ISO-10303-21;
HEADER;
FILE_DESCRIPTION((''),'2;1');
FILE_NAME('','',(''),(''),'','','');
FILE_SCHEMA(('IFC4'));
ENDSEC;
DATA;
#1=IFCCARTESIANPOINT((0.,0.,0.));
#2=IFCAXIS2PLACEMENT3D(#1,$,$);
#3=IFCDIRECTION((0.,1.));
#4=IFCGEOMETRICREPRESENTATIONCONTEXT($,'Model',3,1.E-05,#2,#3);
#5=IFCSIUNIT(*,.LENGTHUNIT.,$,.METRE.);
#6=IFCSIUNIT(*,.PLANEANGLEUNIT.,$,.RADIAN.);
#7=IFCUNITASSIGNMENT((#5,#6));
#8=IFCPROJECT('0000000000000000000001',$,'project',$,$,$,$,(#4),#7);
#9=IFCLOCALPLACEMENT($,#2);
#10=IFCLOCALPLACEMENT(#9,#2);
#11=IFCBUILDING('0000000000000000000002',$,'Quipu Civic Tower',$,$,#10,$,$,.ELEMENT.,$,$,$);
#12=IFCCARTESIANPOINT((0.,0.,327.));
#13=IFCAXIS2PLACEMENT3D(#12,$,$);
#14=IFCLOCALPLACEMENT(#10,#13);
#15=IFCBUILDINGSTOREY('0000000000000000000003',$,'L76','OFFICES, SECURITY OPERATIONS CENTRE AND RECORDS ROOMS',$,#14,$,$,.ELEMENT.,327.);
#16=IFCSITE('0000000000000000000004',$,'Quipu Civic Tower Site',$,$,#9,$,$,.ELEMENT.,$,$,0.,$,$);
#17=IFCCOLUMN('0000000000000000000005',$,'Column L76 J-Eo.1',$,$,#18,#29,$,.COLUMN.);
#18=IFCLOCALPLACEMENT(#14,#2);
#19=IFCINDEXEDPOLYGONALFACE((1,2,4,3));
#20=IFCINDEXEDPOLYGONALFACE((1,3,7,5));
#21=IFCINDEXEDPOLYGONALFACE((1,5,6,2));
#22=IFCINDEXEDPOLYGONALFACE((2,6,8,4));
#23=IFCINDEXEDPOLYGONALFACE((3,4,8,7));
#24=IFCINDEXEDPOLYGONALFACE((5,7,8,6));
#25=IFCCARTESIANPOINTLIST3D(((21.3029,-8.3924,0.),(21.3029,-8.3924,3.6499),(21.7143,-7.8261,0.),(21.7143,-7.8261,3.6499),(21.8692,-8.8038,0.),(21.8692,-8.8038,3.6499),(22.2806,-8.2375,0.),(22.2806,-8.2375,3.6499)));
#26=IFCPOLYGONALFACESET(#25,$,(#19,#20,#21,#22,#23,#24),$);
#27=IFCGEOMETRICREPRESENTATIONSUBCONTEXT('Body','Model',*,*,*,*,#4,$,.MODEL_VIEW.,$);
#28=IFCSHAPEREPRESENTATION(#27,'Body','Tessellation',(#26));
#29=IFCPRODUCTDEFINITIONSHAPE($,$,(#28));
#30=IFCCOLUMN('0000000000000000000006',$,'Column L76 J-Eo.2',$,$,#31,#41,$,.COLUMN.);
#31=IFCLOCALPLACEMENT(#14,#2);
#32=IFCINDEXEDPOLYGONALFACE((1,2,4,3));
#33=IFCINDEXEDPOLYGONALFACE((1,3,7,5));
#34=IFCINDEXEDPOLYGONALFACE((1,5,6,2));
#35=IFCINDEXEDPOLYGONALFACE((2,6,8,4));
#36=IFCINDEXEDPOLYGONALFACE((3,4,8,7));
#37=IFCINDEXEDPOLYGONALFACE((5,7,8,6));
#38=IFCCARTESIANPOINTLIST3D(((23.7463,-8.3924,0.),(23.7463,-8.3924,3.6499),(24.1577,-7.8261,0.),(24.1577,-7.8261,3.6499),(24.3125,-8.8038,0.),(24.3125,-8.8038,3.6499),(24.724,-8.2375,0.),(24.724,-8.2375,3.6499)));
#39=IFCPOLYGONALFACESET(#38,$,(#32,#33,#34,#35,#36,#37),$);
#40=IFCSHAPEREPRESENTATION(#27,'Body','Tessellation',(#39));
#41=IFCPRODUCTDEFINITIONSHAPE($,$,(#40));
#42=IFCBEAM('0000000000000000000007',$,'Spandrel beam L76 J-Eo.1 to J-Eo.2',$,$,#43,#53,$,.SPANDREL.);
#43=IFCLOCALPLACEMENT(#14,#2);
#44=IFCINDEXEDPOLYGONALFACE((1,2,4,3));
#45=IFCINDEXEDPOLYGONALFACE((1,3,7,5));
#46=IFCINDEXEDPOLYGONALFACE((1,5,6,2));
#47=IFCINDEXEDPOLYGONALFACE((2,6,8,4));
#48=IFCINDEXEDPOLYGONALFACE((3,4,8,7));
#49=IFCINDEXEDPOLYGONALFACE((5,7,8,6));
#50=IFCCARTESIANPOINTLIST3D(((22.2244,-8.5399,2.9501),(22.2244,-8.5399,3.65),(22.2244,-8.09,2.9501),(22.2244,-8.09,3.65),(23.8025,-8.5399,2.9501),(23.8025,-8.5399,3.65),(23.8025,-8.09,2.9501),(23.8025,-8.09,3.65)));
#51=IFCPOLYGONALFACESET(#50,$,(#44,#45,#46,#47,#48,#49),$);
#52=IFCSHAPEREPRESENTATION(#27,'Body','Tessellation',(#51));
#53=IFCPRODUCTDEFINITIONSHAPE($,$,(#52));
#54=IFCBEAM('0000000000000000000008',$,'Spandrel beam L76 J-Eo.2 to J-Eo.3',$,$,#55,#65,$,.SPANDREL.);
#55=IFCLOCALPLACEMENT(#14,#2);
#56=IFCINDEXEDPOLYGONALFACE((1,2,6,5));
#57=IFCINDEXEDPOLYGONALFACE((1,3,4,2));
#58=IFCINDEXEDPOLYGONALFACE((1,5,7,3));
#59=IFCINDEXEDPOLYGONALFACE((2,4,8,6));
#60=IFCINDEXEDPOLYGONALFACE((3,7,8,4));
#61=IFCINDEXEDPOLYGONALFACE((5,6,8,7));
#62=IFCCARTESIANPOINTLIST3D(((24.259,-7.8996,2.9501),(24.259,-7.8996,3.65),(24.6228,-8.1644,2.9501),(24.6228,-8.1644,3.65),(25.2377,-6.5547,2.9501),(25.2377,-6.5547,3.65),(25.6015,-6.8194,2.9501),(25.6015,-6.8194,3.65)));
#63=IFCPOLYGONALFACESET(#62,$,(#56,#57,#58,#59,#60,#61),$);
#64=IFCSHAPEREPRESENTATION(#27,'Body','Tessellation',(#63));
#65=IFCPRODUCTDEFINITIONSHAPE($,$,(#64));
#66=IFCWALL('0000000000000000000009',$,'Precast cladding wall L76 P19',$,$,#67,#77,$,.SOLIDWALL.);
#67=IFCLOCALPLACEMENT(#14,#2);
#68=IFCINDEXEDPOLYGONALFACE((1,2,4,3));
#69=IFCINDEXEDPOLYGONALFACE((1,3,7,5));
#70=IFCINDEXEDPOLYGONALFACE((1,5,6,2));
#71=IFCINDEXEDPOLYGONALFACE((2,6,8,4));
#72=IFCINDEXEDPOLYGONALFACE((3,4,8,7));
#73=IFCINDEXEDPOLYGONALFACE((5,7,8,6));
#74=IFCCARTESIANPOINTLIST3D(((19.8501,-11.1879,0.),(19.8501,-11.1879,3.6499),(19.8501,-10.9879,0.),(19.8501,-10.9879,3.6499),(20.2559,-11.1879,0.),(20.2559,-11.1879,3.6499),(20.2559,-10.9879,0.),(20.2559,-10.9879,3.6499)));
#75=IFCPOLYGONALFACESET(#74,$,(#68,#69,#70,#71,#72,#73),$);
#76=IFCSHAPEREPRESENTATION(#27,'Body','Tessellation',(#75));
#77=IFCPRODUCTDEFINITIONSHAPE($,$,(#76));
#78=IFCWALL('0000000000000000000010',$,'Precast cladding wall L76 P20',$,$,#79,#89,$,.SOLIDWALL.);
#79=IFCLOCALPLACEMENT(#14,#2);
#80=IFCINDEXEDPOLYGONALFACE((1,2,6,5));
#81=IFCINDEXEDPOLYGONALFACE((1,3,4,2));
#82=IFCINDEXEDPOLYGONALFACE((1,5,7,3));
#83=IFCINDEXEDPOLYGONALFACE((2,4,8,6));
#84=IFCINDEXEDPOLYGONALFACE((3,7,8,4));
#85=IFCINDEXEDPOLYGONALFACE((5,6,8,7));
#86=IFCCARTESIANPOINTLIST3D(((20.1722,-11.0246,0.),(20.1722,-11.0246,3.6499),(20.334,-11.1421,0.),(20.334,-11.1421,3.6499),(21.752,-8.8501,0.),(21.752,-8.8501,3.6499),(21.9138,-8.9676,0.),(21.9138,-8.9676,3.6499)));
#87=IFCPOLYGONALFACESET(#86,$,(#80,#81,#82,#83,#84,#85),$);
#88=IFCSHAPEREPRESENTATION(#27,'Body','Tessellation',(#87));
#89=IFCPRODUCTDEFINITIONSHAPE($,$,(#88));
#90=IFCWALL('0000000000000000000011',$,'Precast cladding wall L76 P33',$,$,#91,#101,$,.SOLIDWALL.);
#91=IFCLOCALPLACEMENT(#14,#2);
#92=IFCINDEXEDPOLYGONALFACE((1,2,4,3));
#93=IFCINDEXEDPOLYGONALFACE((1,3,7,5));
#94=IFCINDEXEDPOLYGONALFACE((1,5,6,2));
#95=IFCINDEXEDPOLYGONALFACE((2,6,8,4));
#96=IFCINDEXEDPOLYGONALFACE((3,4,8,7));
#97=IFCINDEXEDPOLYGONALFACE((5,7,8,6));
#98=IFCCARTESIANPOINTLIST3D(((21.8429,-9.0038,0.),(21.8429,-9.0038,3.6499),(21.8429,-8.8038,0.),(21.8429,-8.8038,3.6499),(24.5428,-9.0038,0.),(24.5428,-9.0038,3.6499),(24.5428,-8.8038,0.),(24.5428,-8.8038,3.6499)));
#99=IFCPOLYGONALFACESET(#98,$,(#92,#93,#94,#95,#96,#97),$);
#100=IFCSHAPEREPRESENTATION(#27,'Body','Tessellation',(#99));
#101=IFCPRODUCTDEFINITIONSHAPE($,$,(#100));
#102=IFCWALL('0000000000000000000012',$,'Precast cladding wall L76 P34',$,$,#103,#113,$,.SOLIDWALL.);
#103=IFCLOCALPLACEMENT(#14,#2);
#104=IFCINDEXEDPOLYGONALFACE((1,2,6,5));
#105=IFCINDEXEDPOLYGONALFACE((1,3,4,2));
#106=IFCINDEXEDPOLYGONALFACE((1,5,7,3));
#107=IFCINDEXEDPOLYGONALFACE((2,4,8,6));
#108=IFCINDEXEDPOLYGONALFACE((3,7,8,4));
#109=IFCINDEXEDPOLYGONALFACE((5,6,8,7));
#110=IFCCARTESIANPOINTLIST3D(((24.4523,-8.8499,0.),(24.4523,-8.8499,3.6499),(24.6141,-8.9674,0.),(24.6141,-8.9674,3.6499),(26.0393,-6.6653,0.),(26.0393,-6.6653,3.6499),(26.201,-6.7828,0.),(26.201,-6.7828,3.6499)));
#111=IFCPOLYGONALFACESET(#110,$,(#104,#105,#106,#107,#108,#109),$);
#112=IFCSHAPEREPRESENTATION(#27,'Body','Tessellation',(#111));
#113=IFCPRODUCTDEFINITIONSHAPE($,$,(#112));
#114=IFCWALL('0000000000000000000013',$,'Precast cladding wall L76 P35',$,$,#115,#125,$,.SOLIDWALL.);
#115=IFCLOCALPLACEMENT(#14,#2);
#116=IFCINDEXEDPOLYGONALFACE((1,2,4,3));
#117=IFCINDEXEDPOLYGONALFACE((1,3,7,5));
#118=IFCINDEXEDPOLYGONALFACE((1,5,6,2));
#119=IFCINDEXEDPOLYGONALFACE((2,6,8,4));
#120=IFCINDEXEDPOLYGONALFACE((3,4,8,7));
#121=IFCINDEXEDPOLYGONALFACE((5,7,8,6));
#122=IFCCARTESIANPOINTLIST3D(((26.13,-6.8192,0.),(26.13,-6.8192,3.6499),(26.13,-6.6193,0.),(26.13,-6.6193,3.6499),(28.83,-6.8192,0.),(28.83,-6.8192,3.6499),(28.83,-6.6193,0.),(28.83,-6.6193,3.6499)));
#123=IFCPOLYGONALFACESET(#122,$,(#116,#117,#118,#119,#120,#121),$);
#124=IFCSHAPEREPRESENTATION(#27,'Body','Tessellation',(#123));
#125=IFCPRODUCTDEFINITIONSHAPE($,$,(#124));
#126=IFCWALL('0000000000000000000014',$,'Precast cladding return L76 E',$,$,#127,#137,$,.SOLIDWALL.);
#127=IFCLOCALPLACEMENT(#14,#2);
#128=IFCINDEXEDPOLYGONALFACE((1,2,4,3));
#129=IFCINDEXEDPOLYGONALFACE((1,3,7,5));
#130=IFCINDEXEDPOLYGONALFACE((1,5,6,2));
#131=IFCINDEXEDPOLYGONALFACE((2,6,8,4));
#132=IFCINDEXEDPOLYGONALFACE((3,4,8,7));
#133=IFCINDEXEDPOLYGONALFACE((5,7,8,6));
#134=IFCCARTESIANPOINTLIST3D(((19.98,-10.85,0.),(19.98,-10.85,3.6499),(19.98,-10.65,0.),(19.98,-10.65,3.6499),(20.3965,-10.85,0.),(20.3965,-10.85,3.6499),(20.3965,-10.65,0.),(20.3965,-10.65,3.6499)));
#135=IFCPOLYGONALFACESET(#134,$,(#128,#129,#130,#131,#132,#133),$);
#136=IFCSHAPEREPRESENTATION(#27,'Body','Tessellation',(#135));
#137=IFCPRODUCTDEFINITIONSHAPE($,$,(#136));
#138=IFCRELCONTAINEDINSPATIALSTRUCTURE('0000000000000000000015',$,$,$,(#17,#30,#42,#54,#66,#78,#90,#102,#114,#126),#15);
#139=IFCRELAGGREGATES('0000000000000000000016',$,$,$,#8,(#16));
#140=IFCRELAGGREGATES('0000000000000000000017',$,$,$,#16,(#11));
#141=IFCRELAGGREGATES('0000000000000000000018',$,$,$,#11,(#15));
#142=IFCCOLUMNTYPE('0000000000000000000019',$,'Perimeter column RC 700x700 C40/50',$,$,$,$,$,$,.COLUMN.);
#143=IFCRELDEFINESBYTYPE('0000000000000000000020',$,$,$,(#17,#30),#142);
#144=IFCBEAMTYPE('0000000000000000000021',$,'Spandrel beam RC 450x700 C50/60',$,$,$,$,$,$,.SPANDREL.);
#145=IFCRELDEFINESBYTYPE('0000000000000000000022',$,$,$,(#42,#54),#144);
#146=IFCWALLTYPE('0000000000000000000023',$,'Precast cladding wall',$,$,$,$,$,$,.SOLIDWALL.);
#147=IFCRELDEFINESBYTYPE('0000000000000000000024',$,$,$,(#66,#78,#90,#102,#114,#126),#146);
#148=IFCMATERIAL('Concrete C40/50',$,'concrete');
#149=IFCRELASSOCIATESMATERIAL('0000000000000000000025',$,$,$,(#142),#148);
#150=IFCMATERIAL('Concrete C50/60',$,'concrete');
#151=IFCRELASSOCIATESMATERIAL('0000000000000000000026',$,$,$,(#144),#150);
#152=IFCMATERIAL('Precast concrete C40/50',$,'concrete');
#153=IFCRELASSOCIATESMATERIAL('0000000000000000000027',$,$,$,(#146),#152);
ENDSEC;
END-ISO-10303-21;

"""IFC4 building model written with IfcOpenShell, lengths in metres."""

from ifc_helpers import new_model, si_unit, direction, frame, frame_2d, origin, origin_2d, place, context, subcontext, project, spatial, rectangle, extrude, material, material_profile, profile_set, type_object, element, save


model = new_model("IFC4")

# Units and contexts
model_context = context("Model", 3, precision=1e-05, world=origin(), true_north=direction((0.0, 1.0)))
body_context = subcontext(model_context, "Body", "Model", "MODEL_VIEW")
ifc_project = project(units=[si_unit("LENGTHUNIT", "METRE"), si_unit("PLANEANGLEUNIT", "RADIAN")], contexts=[model_context])

# Site, building, storey
site_placement = place(None, origin())
site = spatial("IfcSite", under=ifc_project, at=site_placement, Name="Quipu Civic Tower Site", CompositionType="ELEMENT", RefElevation=0.0)
building_placement = place(site_placement, origin())
building = spatial("IfcBuilding", under=site, at=building_placement, Name="Quipu Civic Tower", CompositionType="ELEMENT")
storey_placement = place(building_placement, frame((0.0, 0.0, 327.0)))
storey = spatial("IfcBuildingStorey", under=building, at=storey_placement, Name="L76", Description="OFFICES, SECURITY OPERATIONS CENTRE AND RECORDS ROOMS", CompositionType="ELEMENT", Elevation=327.0)

# Columns
ifc_material_1 = material(Name="Concrete C40/50", Category="concrete")
ifc_material_profile_1 = material_profile(ifc_material_1, rectangle(XDim=0.7, YDim=0.7, at=origin_2d()), Name="RC700x700")
ifc_profile_set_1 = profile_set([ifc_material_profile_1], Name="Concrete C40/50")
column_type = type_object("IfcColumnType", Name="Perimeter column RC 700x700 C40/50", PredefinedType="COLUMN", material=ifc_profile_set_1)
for number, where, z_axis, x_axis, name in (
    (1, (21.7917, -8.3149, 0.0), (0.0, 0.0, 1.0), (0.587785, 0.809017, 0.0), "Column L76 J-Eo.1"),
    (2, (24.2351, -8.3149, 0.0), (0.0, 0.0, 1.0), (0.587785, 0.809017, 0.0), "Column L76 J-Eo.2"),
):
    element("IfcColumn", number, at=place(storey_placement, frame(where, z_axis=z_axis, x_axis=x_axis)), inside=storey, type_object=column_type, Name=name, PredefinedType="COLUMN", context=body_context, shape_type="SweptSolid", body=[
        extrude(rectangle(XDim=0.7, YDim=0.7, at=origin_2d()), origin(), (0.0, 0.0, 1.0), 3.6499),
    ])

# Beams
ifc_material_2 = material(Name="Concrete C50/60", Category="concrete")
ifc_material_profile_2 = material_profile(ifc_material_2, rectangle(XDim=0.45, YDim=0.7, at=origin_2d()), Name="RC450x700")
ifc_profile_set_2 = profile_set([ifc_material_profile_2], Name="Concrete C50/60")
beam_type = type_object("IfcBeamType", Name="Spandrel beam RC 450x700 C50/60", PredefinedType="SPANDREL", material=ifc_profile_set_2)
beam_1_placement = place(storey_placement, frame((22.2244, -8.3149, 3.3), z_axis=(1.0, 0.0, 0.0), x_axis=(0.0, 1.0, 0.0)))
element("IfcBeam", 3, at=beam_1_placement, inside=storey, type_object=beam_type, Name="Spandrel beam L76 J-Eo.1 to J-Eo.2", PredefinedType="SPANDREL", context=body_context, shape_type="SweptSolid", body=[
    extrude(rectangle(XDim=0.45, YDim=0.7, at=origin_2d()), origin(), (0.0, 0.0, 1.0), 1.5781),
])
beam_2_placement = place(storey_placement, frame((24.4409, -8.032, 3.3), z_axis=(0.588407, 0.808565, 0.0), x_axis=(-0.808565, 0.588407, 0.0)))
element("IfcBeam", 4, at=beam_2_placement, inside=storey, type_object=beam_type, Name="Spandrel beam L76 J-Eo.2 to J-Eo.3", PredefinedType="SPANDREL", context=body_context, shape_type="SweptSolid", body=[
    extrude(rectangle(XDim=0.45, YDim=0.7, at=origin_2d()), origin(), (0.0, 0.0, 1.0), 1.6633),
])

# Walls
ifc_material_3 = material(Name="Precast concrete C40/50", Category="concrete")
wall_type = type_object("IfcWallType", Name="Precast cladding wall", PredefinedType="SOLIDWALL", material=ifc_material_3)
wall_1_placement = place(storey_placement, frame((19.8501, -11.0879, 0.0), z_axis=(0.0, 0.0, 1.0), x_axis=(1.0, 0.0, 0.0)))
element("IfcWall", 5, at=wall_1_placement, inside=storey, type_object=wall_type, Name="Precast cladding wall L76 P19", PredefinedType="SOLIDWALL", context=body_context, shape_type="SweptSolid", body=[
    extrude(rectangle(XDim=0.4058, YDim=0.2, at=frame_2d((0.2029, 0.0))), origin(), (0.0, 0.0, 1.0), 3.6499),
])
wall_2_placement = place(storey_placement, frame((20.2532, -11.0833, 0.0), z_axis=(0.0, 0.0, 1.0), x_axis=(0.587767, 0.809031, 0.0)))
element("IfcWall", 6, at=wall_2_placement, inside=storey, type_object=wall_type, Name="Precast cladding wall L76 P20", PredefinedType="SOLIDWALL", context=body_context, shape_type="SweptSolid", body=[
    extrude(rectangle(XDim=2.6877, YDim=0.2, at=frame_2d((1.3438, 0.0))), origin(), (0.0, 0.0, 1.0), 3.6499),
])
wall_3_placement = place(storey_placement, frame((21.8428, -8.9038, 0.0), z_axis=(0.0, 0.0, 1.0), x_axis=(1.0, 0.0, 0.0)))
element("IfcWall", 7, at=wall_3_placement, inside=storey, type_object=wall_type, Name="Precast cladding wall L76 P33", PredefinedType="SOLIDWALL", context=body_context, shape_type="SweptSolid", body=[
    extrude(rectangle(XDim=2.7, YDim=0.2, at=frame_2d((1.3501, 0.0))), origin(), (0.0, 0.0, 1.0), 3.6499),
])
wall_4_placement = place(storey_placement, frame((24.5332, -8.9087, 0.0), z_axis=(0.0, 0.0, 1.0), x_axis=(0.58772, 0.809064, 0.0)))
element("IfcWall", 8, at=wall_4_placement, inside=storey, type_object=wall_type, Name="Precast cladding wall L76 P34", PredefinedType="SOLIDWALL", context=body_context, shape_type="SweptSolid", body=[
    extrude(rectangle(XDim=2.7002, YDim=0.2, at=frame_2d((1.3501, 0.0))), origin(), (0.0, 0.0, 1.0), 3.6499),
])
wall_5_placement = place(storey_placement, frame((26.1299, -6.7192, 0.0), z_axis=(0.0, 0.0, 1.0), x_axis=(1.0, 0.0, 0.0)))
element("IfcWall", 9, at=wall_5_placement, inside=storey, type_object=wall_type, Name="Precast cladding wall L76 P35", PredefinedType="SOLIDWALL", context=body_context, shape_type="SweptSolid", body=[
    extrude(rectangle(XDim=2.7, YDim=0.2, at=frame_2d((1.3501, 0.0))), origin(), (0.0, 0.0, 1.0), 3.6499),
])
wall_6_placement = place(storey_placement, frame((19.98, -10.75, 0.0), z_axis=(0.0, 0.0, 1.0), x_axis=(1.0, 0.0, 0.0)))
element("IfcWall", 10, at=wall_6_placement, inside=storey, type_object=wall_type, Name="Precast cladding return L76 E", PredefinedType="SOLIDWALL", context=body_context, shape_type="SweptSolid", body=[
    extrude(rectangle(XDim=0.4165, YDim=0.2, at=frame_2d((0.2083, 0.0))), origin(), (0.0, 0.0, 1.0), 3.6499),
])

save(model, "model.ifc")
